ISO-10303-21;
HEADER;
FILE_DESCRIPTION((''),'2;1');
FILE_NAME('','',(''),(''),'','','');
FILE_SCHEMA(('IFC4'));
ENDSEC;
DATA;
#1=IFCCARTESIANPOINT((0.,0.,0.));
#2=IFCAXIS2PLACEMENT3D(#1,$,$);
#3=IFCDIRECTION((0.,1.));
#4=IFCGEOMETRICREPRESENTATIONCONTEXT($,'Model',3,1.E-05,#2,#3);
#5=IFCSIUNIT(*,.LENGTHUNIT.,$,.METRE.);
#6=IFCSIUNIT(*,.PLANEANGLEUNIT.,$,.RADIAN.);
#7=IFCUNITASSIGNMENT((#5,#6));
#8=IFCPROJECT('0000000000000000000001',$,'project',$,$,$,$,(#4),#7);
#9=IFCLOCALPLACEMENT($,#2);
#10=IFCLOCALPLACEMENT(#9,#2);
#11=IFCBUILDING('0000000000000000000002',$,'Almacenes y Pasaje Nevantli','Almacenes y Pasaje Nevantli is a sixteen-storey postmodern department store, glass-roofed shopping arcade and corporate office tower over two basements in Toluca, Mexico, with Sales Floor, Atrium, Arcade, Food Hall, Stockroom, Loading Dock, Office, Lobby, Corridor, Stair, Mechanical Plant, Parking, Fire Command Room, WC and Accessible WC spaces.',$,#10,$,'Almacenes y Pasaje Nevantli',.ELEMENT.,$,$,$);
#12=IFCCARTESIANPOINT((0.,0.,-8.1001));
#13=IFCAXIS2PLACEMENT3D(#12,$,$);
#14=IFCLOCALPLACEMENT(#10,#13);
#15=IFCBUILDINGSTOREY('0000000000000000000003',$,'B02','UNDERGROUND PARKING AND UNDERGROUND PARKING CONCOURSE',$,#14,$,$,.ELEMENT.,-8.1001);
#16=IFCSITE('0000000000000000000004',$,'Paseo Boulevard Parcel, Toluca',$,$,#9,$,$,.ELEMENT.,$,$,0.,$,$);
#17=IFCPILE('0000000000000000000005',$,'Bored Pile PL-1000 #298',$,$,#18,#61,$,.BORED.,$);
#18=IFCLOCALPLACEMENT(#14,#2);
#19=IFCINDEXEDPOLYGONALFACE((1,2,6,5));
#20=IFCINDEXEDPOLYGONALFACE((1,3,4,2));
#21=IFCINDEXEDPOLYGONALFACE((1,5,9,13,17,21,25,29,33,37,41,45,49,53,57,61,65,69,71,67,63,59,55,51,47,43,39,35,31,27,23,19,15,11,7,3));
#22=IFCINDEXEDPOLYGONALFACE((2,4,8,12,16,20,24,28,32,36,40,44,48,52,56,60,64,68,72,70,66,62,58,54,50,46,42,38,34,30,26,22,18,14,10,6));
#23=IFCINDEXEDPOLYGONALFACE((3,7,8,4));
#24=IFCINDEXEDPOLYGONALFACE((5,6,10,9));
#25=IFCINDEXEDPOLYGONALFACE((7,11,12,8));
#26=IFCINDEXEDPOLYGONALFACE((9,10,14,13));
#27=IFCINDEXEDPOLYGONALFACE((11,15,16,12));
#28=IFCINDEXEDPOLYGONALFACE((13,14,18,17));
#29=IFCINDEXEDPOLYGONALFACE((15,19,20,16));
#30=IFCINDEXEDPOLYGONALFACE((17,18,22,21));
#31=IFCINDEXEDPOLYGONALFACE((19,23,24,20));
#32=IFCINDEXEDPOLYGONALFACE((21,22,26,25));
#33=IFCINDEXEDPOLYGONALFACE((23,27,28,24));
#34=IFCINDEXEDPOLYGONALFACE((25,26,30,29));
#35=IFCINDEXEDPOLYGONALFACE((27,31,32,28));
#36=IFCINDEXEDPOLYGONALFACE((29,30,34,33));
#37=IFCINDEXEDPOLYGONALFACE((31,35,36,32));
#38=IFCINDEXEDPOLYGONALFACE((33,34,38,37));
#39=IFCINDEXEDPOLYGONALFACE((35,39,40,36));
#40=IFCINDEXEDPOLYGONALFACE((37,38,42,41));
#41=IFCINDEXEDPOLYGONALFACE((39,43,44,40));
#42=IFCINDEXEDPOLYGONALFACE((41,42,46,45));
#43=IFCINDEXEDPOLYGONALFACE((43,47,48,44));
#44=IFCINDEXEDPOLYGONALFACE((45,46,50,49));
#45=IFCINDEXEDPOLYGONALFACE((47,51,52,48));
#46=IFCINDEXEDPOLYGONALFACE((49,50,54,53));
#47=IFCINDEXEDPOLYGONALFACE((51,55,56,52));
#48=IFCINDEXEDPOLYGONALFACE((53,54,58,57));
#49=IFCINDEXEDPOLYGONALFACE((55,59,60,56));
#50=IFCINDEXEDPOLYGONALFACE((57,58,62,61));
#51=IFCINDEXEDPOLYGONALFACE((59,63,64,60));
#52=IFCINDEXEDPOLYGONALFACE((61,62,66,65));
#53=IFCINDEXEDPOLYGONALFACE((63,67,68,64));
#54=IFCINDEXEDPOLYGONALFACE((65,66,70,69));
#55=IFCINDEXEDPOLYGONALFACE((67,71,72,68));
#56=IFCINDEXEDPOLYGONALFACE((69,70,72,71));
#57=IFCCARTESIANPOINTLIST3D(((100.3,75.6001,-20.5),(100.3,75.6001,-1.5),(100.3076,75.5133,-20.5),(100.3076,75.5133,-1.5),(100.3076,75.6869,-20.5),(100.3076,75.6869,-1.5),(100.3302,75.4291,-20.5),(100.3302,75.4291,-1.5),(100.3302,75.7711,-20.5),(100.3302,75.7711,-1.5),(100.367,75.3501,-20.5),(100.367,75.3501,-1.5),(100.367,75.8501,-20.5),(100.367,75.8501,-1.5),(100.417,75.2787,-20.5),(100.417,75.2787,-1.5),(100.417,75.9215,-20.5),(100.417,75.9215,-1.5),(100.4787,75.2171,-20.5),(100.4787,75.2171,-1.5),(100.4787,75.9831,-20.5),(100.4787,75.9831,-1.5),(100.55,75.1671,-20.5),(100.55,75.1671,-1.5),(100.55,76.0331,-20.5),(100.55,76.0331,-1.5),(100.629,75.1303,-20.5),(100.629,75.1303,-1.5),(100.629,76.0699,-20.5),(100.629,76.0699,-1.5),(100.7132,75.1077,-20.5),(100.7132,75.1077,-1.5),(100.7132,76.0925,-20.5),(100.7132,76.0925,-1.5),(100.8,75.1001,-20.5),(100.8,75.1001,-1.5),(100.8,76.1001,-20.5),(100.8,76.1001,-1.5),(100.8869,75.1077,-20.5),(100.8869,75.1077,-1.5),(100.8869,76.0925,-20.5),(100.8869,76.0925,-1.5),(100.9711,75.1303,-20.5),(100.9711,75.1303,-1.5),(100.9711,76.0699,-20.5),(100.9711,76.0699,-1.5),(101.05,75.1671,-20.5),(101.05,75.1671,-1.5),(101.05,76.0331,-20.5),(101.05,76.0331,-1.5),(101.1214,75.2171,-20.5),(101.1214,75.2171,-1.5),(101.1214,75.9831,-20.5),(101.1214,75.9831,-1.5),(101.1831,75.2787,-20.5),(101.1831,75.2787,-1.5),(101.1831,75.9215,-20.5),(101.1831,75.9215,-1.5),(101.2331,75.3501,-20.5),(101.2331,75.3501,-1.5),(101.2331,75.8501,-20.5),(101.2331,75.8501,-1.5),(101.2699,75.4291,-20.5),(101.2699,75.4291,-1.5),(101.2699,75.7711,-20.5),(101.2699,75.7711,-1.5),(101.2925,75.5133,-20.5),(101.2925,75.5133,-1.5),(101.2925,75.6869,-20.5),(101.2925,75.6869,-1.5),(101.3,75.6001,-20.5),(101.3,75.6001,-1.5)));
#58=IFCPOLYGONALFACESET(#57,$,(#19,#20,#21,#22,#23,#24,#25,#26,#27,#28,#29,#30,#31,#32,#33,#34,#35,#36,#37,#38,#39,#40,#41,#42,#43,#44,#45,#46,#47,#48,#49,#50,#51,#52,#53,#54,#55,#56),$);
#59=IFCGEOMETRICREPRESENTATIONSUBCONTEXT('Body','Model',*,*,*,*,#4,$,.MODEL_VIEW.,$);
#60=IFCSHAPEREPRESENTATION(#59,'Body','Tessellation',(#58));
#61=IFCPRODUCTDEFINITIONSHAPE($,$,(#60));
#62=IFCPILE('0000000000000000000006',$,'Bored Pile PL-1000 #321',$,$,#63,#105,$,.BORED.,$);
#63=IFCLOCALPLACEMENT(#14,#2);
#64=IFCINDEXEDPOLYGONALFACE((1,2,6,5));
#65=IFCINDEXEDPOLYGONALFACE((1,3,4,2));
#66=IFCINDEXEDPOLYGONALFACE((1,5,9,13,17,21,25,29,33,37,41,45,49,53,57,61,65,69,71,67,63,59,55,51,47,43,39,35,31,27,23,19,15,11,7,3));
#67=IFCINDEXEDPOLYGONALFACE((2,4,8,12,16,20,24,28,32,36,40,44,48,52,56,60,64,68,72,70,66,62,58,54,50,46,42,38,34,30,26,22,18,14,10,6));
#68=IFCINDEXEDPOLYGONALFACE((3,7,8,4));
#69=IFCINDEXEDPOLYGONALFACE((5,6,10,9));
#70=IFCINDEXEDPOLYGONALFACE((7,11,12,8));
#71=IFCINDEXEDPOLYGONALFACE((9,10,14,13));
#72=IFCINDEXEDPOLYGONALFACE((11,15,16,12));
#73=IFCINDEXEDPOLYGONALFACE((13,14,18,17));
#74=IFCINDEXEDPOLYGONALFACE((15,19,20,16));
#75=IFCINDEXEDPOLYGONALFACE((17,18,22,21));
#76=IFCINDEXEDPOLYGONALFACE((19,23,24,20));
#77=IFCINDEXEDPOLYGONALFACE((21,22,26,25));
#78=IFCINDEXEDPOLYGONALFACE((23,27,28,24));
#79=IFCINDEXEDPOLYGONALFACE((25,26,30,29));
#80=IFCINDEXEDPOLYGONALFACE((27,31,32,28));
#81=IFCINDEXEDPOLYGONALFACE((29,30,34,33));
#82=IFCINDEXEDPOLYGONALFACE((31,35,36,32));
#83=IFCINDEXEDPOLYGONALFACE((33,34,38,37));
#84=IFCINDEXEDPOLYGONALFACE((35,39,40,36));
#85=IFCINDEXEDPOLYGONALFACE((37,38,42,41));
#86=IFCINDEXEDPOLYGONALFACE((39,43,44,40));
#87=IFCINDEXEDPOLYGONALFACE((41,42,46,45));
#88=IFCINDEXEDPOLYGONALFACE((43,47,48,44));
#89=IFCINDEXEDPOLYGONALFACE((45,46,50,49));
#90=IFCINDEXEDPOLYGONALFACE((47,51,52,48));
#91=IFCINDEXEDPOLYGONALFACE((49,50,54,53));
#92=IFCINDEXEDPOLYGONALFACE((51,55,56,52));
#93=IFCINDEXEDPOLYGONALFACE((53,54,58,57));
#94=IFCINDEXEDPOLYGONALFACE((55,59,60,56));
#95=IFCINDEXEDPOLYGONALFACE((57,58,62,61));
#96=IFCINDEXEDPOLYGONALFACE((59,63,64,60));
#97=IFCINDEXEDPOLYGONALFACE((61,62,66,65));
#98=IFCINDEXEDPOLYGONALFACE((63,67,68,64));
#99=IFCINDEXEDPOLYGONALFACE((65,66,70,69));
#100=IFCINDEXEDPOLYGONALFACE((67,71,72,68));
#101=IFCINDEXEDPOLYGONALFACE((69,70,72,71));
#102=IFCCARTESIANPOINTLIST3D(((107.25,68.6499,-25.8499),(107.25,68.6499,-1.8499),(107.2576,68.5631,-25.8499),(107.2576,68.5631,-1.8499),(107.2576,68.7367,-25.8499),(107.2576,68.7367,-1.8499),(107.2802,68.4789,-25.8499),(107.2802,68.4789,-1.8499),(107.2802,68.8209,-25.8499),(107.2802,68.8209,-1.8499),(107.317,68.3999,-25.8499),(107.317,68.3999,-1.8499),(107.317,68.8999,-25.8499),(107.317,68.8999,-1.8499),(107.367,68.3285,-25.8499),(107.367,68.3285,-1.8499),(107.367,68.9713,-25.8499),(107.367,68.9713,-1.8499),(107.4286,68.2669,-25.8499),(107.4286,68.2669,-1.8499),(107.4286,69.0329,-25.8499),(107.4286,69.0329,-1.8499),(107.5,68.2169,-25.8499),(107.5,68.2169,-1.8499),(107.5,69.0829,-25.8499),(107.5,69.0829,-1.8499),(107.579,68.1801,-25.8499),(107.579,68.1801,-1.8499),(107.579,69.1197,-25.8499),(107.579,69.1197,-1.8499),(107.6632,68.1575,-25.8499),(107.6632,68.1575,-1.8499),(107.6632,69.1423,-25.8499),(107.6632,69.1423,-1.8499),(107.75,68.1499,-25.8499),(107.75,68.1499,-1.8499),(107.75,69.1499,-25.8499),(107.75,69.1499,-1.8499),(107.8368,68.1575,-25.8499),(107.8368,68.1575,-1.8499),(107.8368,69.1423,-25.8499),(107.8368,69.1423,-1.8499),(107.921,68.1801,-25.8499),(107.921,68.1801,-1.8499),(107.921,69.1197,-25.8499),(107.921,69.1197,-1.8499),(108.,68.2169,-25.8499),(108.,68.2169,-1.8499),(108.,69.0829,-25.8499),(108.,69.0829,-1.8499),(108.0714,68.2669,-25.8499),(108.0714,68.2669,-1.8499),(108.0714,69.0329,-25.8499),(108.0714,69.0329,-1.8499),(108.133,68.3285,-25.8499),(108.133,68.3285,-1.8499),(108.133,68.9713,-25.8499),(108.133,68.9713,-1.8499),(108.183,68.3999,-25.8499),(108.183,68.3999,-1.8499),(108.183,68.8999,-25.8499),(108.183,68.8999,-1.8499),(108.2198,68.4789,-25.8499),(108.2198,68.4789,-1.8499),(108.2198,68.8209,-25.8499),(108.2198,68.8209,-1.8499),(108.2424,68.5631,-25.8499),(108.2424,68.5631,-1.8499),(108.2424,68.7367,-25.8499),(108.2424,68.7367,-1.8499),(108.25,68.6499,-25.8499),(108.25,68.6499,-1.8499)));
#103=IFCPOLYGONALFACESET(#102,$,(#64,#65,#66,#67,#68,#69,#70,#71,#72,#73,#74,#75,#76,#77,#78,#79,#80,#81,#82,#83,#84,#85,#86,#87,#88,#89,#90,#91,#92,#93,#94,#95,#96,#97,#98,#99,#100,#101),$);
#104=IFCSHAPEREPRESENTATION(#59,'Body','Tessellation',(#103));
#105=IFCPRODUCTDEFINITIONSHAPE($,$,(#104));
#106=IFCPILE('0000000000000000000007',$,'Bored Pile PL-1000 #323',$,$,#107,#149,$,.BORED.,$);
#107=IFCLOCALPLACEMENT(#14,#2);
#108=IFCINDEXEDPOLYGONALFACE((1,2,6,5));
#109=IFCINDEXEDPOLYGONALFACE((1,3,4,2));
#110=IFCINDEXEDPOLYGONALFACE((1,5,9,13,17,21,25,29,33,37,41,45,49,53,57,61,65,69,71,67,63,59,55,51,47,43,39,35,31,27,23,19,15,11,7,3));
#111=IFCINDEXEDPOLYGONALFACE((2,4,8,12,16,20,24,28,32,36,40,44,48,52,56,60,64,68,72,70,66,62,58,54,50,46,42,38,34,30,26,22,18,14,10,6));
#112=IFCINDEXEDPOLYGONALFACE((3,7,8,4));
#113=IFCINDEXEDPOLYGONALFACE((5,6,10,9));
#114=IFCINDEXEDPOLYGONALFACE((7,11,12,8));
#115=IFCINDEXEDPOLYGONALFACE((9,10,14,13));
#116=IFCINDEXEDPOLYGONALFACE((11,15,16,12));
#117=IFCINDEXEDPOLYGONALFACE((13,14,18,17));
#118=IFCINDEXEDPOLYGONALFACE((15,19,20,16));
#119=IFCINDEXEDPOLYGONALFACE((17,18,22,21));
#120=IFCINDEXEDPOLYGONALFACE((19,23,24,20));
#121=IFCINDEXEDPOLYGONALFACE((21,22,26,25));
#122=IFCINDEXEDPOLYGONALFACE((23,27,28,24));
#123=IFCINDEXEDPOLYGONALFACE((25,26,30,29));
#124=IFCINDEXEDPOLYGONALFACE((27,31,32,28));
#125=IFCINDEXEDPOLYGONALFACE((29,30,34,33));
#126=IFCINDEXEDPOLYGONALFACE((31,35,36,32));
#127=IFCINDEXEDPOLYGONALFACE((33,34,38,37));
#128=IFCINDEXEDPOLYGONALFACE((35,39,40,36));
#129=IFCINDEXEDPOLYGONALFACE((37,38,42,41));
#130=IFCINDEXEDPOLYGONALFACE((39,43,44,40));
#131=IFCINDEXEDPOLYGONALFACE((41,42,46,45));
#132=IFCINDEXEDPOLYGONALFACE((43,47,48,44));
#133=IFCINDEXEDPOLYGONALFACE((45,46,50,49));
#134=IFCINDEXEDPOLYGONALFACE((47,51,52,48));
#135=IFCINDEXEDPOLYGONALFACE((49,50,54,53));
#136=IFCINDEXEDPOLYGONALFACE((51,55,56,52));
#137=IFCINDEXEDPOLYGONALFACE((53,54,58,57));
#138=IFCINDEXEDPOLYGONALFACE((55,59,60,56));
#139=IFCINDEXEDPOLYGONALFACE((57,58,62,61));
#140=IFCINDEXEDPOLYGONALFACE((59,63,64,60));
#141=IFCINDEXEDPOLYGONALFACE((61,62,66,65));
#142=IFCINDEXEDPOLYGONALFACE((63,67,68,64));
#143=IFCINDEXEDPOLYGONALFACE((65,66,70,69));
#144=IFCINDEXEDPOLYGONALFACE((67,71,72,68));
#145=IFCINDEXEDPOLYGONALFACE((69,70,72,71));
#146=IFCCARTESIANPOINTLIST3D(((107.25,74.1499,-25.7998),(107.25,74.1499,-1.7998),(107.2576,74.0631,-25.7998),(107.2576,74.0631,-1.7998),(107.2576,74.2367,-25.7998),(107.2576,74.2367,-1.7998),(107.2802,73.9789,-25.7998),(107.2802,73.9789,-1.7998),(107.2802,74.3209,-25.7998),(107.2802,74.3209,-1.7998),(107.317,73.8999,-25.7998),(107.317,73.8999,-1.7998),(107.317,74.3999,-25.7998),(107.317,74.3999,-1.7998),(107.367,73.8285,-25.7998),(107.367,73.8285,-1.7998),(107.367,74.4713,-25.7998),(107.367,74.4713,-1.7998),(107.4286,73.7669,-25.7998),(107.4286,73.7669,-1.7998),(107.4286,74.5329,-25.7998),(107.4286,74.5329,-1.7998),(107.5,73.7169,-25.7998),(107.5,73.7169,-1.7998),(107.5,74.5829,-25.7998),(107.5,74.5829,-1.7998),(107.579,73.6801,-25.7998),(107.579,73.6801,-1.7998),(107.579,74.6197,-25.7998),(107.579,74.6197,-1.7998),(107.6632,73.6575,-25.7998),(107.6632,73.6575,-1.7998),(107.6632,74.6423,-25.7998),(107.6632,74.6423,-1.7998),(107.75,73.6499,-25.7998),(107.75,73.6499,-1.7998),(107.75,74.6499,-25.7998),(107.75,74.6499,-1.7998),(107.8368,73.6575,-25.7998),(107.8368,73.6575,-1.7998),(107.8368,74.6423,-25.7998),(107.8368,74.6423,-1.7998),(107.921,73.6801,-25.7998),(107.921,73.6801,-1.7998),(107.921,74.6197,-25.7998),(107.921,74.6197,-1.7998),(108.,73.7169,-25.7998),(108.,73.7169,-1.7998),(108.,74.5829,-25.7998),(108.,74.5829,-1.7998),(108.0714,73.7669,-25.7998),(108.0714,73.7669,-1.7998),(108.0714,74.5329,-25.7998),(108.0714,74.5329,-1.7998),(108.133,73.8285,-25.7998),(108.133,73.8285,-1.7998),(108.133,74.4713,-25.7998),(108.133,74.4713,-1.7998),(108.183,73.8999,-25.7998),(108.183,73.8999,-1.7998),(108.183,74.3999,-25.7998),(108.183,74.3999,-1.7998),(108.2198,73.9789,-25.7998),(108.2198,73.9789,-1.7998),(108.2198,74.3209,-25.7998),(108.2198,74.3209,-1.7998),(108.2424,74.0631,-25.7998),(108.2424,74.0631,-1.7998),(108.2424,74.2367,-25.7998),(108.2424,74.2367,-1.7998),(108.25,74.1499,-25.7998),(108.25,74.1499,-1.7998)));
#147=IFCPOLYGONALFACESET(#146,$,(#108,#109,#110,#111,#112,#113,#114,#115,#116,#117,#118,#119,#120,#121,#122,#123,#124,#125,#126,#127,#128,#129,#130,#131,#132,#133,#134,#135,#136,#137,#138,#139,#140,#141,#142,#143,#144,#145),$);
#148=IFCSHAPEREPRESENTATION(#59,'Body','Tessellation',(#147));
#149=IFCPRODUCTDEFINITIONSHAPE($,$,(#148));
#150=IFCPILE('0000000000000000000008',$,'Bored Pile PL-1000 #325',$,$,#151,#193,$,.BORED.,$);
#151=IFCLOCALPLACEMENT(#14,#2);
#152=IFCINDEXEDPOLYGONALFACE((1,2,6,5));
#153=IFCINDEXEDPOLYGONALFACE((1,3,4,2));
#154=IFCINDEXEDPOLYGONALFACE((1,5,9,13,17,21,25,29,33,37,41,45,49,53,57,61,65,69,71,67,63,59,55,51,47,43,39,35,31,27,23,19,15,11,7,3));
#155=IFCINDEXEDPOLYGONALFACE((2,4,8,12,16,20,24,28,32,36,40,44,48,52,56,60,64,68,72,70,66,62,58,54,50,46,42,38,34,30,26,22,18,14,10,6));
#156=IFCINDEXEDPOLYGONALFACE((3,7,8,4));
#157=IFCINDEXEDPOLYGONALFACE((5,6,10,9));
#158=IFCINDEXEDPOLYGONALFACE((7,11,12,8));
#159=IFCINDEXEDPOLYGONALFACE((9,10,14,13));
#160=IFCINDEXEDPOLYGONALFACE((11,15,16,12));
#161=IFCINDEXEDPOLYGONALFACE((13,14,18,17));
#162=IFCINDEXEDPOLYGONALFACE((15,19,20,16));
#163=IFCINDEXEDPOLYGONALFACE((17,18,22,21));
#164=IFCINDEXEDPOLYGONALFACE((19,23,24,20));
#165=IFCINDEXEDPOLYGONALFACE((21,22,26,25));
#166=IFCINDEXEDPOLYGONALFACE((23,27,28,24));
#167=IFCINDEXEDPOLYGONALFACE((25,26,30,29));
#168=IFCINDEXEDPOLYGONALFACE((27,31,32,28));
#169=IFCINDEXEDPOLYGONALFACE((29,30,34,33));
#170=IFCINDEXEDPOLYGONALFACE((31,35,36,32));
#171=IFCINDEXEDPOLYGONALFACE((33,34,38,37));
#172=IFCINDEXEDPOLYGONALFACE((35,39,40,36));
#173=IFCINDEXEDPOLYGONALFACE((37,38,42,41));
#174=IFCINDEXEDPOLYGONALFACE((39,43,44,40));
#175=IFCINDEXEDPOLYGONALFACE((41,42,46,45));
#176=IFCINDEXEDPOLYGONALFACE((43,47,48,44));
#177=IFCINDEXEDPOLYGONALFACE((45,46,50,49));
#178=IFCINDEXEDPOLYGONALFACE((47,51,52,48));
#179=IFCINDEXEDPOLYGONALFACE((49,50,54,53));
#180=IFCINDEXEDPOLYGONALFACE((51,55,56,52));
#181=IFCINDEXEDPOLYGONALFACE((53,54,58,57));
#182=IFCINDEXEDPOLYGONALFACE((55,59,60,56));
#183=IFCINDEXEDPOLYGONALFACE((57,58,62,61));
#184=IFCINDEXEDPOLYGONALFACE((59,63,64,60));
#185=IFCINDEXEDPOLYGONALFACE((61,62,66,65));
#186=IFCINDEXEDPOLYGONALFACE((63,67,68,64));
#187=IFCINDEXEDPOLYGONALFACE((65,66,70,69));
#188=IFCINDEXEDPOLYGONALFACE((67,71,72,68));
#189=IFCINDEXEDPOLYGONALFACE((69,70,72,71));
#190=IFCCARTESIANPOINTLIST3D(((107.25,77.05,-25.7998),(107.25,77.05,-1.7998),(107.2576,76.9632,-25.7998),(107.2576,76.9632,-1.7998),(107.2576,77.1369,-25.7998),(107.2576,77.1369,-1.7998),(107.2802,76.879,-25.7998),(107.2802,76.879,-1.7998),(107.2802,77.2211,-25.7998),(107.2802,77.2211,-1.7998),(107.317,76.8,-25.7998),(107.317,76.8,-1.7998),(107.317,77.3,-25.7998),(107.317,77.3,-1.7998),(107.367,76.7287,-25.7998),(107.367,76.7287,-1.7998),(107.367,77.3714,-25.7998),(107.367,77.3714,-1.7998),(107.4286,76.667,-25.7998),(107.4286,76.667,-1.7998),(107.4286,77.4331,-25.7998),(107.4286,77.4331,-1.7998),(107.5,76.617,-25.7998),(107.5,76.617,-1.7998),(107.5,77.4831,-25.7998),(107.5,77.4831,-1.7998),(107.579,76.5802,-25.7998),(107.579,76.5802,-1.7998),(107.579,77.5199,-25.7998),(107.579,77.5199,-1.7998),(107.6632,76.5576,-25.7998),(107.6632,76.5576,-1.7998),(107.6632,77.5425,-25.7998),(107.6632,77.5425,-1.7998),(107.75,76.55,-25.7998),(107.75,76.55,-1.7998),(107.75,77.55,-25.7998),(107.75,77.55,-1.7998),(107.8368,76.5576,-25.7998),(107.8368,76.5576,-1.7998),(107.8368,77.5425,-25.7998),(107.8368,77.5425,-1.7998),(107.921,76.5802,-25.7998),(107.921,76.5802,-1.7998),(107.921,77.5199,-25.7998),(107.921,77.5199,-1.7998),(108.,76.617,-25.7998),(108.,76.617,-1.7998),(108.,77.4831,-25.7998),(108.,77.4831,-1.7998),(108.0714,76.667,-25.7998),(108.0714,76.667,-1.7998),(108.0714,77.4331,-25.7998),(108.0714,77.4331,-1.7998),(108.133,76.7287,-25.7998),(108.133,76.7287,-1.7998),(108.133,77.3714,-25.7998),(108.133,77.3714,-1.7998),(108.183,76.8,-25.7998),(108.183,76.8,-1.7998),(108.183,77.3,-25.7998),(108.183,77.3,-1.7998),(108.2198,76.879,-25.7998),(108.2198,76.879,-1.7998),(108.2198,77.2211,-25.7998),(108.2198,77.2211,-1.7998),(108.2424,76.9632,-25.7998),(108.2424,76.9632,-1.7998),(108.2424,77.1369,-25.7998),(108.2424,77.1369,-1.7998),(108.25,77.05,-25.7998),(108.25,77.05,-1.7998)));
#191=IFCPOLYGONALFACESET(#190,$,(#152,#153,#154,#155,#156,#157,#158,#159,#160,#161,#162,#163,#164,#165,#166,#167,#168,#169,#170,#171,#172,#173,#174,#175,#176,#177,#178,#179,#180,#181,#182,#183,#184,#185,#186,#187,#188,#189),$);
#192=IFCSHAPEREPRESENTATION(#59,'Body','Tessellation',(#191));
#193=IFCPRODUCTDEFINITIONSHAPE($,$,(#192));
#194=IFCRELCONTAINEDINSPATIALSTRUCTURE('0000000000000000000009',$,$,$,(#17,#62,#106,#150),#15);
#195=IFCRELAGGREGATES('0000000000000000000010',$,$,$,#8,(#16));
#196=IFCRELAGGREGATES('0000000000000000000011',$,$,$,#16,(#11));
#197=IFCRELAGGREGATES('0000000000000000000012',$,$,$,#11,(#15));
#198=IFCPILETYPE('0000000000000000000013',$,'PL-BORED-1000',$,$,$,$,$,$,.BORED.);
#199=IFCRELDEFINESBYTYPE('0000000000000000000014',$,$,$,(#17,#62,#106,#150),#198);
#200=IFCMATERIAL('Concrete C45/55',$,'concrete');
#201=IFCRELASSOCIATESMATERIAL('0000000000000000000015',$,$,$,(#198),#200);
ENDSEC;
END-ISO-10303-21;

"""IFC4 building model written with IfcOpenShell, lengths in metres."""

from ifc_helpers import new_model, si_unit, direction, frame, origin, origin_2d, place, context, subcontext, project, spatial, circle, extrude, material, material_profile, profile_set, type_object, element, save


model = new_model("IFC4")

# Units and contexts
model_context = context("Model", 3, precision=1e-05, world=origin(), true_north=direction((0.0, 1.0)))
body_context = subcontext(model_context, "Body", "Model", "MODEL_VIEW")
ifc_project = project(units=[si_unit("LENGTHUNIT", "METRE"), si_unit("PLANEANGLEUNIT", "RADIAN")], contexts=[model_context])

# Site, building, storey
site_placement = place(None, origin())
site = spatial("IfcSite", under=ifc_project, at=site_placement, Name="Paseo Boulevard Parcel, Toluca", CompositionType="ELEMENT", RefElevation=0.0)
building_placement = place(site_placement, origin())
building = spatial("IfcBuilding", under=site, at=building_placement, Name="Almacenes y Pasaje Nevantli", Description="Almacenes y Pasaje Nevantli is a sixteen-storey postmodern department store, glass-roofed shopping arcade and corporate office tower over two basements in Toluca, Mexico, with Sales Floor, Atrium, Arcade, Food Hall, Stockroom, Loading Dock, Office, Lobby, Corridor, Stair, Mechanical Plant, Parking, Fire Command Room, WC and Accessible WC spaces.", LongName="Almacenes y Pasaje Nevantli", CompositionType="ELEMENT")
storey_placement = place(building_placement, frame((0.0, 0.0, -8.1001)))
storey = spatial("IfcBuildingStorey", under=building, at=storey_placement, Name="B02", Description="UNDERGROUND PARKING AND UNDERGROUND PARKING CONCOURSE", CompositionType="ELEMENT", Elevation=-8.1001)

# Piles
ifc_material_1 = material(Name="Concrete C45/55", Category="concrete")
ifc_material_profile_1 = material_profile(ifc_material_1, circle(Radius=0.5, at=origin_2d()), Name="RC-PILE-D1000")
ifc_profile_set_1 = profile_set([ifc_material_profile_1], Name="Concrete C45/55")
pile_type_1 = type_object("IfcPileType", Name="PL-BORED-1000", PredefinedType="BORED", material=ifc_profile_set_1)
pile_placement = place(storey_placement, frame((100.8, 75.6001, -1.5), z_axis=(0.0, 0.0, -1.0), x_axis=(1.0, 0.0, 0.0)))
element("IfcPile", 1, at=pile_placement, inside=storey, type_object=pile_type_1, Name="Bored Pile PL-1000 #298", PredefinedType="BORED", context=body_context, shape_type="SweptSolid", body=[
    extrude(circle(Radius=0.5, at=origin_2d()), origin(), (0.0, 0.0, 1.0), 19.0),
])
for number, where, z_axis, x_axis, name in (
    (2, (107.75, 68.6499, -1.8499), (0.0, 0.0, -1.0), (1.0, 0.0, 0.0), "Bored Pile PL-1000 #321"),
    (3, (107.75, 74.1499, -1.7998), (0.0, 0.0, -1.0), (1.0, 0.0, 0.0), "Bored Pile PL-1000 #323"),
    (4, (107.75, 77.05, -1.7998), (0.0, 0.0, -1.0), (1.0, 0.0, 0.0), "Bored Pile PL-1000 #325"),
):
    element("IfcPile", number, at=place(storey_placement, frame(where, z_axis=z_axis, x_axis=x_axis)), inside=storey, type_object=pile_type_1, Name=name, PredefinedType="BORED", context=body_context, shape_type="SweptSolid", body=[
        extrude(circle(Radius=0.5, at=origin_2d()), origin(), (0.0, 0.0, 1.0), 24.0),
    ])

save(model, "model.ifc")
